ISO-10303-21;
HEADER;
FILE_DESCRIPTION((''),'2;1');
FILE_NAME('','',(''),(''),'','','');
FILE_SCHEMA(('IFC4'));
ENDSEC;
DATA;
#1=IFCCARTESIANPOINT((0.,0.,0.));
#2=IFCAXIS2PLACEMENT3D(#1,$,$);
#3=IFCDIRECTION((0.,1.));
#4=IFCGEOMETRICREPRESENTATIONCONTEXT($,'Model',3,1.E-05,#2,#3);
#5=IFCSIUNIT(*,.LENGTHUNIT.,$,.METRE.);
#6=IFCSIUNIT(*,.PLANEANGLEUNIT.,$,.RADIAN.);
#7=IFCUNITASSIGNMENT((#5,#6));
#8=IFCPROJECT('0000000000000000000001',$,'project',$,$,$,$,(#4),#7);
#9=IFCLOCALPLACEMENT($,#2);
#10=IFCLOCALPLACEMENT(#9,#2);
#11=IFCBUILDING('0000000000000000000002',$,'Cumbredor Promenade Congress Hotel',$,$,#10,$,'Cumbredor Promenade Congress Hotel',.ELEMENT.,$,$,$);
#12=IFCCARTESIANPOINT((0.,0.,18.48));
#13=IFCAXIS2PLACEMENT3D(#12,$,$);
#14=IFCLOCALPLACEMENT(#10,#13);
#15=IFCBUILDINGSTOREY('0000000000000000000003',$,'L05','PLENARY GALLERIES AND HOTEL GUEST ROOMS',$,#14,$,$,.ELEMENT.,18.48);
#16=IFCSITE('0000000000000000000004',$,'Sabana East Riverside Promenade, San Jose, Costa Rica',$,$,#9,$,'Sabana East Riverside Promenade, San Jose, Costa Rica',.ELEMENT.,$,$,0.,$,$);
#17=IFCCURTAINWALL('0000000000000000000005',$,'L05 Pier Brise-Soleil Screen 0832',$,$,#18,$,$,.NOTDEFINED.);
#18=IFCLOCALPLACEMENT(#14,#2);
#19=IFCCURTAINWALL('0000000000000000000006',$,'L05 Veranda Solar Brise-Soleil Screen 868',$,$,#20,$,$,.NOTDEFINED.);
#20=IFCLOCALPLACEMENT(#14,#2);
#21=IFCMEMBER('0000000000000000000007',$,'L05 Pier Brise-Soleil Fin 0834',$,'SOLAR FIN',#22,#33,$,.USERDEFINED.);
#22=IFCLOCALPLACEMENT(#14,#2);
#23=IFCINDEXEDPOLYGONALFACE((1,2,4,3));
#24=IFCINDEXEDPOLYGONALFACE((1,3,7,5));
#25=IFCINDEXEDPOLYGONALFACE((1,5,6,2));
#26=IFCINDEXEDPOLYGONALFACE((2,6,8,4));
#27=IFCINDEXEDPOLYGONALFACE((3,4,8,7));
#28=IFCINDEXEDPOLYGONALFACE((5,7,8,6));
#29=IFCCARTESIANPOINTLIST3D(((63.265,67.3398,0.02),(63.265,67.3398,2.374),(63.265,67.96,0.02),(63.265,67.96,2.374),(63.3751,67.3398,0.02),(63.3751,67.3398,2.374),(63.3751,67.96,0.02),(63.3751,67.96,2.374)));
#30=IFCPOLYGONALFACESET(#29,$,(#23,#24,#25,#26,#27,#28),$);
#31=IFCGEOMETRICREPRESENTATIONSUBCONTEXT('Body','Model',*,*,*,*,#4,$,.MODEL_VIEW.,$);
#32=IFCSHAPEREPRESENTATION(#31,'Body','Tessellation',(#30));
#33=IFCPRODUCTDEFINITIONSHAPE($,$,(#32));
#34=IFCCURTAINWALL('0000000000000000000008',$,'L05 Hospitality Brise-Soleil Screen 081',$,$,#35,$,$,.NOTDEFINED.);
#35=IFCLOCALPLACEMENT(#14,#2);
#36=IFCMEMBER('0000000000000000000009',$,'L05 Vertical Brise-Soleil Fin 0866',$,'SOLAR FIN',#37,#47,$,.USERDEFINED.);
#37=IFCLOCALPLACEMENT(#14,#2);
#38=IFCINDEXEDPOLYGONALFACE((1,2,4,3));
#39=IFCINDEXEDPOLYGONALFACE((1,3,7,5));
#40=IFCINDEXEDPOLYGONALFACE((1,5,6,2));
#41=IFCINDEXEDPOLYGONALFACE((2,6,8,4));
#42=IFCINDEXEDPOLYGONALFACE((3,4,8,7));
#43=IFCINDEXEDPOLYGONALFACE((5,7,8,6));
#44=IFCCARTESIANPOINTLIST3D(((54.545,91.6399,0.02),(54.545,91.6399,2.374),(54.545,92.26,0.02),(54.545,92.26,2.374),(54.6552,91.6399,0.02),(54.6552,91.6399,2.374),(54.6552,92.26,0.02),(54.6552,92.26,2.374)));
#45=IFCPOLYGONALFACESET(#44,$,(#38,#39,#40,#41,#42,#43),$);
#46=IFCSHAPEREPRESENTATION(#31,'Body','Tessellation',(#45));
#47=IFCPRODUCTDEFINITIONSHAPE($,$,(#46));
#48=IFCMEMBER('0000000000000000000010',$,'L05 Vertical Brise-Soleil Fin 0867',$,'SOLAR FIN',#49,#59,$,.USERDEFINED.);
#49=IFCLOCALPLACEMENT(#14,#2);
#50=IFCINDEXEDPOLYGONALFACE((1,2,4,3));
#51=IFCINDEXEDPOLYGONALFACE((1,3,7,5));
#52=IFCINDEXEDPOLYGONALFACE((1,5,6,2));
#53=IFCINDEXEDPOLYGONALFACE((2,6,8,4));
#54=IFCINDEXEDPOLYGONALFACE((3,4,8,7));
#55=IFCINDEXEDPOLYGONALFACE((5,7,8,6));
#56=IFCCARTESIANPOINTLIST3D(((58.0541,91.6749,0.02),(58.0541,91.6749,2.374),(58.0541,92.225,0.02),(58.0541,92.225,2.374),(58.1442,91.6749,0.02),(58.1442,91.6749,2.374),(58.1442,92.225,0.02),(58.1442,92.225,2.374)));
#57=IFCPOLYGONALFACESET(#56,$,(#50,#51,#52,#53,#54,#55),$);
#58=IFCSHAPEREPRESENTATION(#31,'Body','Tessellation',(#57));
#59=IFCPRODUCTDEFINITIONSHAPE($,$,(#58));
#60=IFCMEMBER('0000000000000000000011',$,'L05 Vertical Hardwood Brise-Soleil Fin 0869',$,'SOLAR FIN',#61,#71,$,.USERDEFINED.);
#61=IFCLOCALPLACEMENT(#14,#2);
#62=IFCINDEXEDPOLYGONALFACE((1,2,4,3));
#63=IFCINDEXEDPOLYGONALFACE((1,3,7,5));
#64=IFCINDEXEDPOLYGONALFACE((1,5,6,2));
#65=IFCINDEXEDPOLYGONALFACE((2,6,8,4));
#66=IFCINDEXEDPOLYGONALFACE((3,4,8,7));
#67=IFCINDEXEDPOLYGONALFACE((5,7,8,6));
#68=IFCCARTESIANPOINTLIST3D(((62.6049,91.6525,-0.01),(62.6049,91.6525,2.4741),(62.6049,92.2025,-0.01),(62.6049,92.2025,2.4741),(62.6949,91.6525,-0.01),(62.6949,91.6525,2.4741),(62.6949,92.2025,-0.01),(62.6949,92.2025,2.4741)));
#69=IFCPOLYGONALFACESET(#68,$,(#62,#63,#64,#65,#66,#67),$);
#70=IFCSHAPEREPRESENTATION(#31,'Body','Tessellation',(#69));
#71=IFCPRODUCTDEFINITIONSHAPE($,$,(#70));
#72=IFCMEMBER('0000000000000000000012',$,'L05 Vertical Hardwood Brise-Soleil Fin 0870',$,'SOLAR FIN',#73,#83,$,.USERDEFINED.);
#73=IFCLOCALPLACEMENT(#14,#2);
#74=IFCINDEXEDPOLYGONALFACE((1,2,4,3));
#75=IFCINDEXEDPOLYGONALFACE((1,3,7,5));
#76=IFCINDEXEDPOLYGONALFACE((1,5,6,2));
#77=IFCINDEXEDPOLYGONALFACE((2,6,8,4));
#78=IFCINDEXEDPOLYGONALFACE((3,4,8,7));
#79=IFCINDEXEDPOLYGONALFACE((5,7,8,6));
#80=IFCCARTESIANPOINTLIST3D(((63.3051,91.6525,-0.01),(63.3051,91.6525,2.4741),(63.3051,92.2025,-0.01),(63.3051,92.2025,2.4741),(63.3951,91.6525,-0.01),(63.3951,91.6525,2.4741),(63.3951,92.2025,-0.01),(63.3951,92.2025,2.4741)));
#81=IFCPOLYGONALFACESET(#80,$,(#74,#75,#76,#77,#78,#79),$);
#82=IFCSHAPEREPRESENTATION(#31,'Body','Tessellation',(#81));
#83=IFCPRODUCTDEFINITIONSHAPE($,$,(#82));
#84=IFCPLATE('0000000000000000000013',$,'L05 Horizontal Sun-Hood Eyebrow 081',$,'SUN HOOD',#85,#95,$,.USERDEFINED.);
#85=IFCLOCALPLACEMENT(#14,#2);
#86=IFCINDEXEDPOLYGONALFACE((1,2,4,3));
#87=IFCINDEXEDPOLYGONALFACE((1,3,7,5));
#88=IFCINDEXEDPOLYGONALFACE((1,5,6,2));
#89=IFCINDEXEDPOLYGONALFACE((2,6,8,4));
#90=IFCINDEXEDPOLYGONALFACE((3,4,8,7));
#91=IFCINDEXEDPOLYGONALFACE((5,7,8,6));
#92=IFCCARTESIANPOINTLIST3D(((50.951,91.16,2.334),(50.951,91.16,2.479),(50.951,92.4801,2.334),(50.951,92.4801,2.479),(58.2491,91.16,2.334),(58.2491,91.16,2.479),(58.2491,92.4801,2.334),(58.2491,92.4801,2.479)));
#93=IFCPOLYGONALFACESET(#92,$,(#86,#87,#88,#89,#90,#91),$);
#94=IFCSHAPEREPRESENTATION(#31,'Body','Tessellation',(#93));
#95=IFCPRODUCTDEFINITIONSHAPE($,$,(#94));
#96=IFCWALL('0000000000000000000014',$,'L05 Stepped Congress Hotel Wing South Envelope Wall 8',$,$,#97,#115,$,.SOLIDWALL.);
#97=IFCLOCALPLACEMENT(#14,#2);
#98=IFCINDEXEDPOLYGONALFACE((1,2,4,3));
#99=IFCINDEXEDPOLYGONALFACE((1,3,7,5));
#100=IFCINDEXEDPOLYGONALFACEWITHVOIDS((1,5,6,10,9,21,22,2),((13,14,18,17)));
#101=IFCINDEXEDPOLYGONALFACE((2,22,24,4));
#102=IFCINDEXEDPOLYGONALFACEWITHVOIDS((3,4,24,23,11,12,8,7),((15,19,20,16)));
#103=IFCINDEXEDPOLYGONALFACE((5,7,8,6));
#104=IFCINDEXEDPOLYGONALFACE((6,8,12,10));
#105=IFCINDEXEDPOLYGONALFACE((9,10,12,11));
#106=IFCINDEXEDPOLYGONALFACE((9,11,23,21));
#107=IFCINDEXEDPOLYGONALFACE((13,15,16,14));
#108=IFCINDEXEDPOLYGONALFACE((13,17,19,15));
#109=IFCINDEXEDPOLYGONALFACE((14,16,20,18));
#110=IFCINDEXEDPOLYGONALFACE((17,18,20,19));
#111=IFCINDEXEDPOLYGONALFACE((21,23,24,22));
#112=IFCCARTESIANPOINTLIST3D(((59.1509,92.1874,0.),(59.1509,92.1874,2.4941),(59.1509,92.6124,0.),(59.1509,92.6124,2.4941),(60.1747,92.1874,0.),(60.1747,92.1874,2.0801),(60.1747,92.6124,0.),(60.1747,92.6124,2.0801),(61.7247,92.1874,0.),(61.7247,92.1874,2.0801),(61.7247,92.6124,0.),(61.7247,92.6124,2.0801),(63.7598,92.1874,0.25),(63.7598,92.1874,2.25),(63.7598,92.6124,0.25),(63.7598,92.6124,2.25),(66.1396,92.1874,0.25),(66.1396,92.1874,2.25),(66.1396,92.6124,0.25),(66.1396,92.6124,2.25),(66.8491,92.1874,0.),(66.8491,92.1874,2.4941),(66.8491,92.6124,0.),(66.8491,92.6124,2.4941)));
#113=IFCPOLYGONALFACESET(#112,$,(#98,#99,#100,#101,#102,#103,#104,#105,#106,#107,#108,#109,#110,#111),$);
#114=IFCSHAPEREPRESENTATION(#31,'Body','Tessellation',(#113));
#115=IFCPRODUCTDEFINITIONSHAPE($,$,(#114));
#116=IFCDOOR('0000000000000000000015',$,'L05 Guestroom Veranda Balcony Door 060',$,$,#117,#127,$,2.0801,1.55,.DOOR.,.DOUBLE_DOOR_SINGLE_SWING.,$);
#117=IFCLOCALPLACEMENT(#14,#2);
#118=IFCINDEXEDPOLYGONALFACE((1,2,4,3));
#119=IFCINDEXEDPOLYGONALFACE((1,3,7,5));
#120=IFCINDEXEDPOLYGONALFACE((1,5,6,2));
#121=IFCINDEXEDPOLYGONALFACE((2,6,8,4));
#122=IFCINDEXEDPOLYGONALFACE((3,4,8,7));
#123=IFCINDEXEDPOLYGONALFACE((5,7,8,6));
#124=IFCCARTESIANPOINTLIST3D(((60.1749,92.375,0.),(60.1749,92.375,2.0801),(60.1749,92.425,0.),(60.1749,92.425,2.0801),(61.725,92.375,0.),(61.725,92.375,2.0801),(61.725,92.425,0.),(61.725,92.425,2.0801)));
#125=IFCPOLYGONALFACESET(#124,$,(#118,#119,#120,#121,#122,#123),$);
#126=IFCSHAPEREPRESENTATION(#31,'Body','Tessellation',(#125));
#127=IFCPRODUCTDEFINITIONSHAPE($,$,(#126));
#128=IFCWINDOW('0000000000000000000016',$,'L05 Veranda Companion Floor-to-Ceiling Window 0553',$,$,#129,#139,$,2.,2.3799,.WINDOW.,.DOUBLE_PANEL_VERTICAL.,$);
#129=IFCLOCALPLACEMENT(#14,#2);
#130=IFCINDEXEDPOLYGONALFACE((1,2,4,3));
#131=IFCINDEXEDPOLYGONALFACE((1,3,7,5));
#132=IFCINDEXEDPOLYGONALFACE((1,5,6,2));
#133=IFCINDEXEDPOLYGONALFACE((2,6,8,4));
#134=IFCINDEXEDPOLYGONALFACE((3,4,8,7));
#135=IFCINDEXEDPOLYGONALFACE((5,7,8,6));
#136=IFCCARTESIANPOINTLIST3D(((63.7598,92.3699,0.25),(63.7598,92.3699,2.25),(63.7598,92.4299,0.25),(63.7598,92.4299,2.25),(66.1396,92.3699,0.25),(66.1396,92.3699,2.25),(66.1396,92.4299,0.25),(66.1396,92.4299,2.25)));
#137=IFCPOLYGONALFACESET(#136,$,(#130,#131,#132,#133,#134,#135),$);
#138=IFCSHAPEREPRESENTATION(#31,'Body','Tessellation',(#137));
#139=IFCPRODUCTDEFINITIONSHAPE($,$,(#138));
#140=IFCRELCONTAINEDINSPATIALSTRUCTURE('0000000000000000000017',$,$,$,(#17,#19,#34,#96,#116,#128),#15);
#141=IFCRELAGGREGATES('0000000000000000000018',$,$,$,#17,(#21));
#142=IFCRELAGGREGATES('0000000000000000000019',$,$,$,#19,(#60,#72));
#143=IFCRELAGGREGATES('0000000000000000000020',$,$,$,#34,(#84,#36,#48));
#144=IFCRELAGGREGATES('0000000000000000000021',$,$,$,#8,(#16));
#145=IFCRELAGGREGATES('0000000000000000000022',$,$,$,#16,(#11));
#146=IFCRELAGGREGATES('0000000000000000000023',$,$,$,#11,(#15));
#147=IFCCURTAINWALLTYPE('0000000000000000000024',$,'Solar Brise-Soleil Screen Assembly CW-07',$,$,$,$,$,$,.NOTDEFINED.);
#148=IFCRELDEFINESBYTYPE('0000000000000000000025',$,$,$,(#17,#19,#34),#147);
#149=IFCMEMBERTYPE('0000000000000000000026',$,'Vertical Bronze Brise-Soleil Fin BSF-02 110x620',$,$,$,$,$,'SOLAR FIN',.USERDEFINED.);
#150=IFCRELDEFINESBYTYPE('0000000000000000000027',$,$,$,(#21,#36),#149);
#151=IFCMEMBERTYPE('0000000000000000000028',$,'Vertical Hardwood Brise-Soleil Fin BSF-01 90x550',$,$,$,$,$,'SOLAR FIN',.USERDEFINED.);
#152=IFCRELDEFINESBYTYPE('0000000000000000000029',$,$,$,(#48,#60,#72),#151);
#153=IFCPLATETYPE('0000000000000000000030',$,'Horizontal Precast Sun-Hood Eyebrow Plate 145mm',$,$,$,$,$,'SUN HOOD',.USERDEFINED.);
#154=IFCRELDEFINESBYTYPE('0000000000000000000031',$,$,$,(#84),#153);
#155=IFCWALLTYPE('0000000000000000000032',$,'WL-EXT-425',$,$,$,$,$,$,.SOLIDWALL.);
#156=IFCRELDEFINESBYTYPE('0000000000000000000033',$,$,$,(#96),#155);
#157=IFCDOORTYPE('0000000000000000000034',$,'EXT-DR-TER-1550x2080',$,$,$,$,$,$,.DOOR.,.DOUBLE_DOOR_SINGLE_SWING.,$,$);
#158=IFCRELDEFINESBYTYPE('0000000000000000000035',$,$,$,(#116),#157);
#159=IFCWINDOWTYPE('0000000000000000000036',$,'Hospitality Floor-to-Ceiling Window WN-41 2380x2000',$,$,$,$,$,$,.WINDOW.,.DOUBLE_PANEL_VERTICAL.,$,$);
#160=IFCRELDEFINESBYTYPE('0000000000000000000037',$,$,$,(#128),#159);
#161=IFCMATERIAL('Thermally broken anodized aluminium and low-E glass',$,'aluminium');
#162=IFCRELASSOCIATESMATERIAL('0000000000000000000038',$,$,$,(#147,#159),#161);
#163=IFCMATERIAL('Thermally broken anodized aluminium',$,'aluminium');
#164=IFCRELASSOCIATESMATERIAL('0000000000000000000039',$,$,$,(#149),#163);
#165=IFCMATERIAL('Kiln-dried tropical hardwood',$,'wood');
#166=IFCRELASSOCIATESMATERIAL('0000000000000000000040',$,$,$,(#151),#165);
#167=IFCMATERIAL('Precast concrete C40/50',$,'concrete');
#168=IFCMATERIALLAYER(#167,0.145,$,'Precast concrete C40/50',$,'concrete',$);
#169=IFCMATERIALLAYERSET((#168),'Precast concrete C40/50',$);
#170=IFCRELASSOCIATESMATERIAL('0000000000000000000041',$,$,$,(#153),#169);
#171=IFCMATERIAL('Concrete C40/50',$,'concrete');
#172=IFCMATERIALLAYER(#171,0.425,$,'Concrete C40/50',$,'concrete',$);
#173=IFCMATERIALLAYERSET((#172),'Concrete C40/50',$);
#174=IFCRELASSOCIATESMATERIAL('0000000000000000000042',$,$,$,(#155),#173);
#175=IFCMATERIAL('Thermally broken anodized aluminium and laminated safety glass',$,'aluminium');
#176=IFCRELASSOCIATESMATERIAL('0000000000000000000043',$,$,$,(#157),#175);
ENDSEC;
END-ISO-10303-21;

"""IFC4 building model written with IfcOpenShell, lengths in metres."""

from ifc_helpers import new_model, si_unit, direction, frame, frame_2d, origin, origin_2d, place, context, subcontext, project, spatial, rectangle, extrude, material, layer, layer_set, material_profile, profile_set, type_object, element, fill, aggregate, save


model = new_model("IFC4")

# Units and contexts
model_context = context("Model", 3, precision=1e-05, world=origin(), true_north=direction((0.0, 1.0)))
body_context = subcontext(model_context, "Body", "Model", "MODEL_VIEW")
ifc_project = project(units=[si_unit("LENGTHUNIT", "METRE"), si_unit("PLANEANGLEUNIT", "RADIAN")], contexts=[model_context])

# Site, building, storey
site_placement = place(None, origin())
site = spatial("IfcSite", under=ifc_project, at=site_placement, Name="Sabana East Riverside Promenade, San Jose, Costa Rica", LongName="Sabana East Riverside Promenade, San Jose, Costa Rica", CompositionType="ELEMENT", RefElevation=0.0)
building_placement = place(site_placement, origin())
building = spatial("IfcBuilding", under=site, at=building_placement, Name="Cumbredor Promenade Congress Hotel", LongName="Cumbredor Promenade Congress Hotel", CompositionType="ELEMENT")
storey_placement = place(building_placement, frame((0.0, 0.0, 18.48)))
storey = spatial("IfcBuildingStorey", under=building, at=storey_placement, Name="L05", Description="PLENARY GALLERIES AND HOTEL GUEST ROOMS", CompositionType="ELEMENT", Elevation=18.48)

# Shared definitions
ifc_material_1 = material(Name="Concrete C40/50", Category="concrete")

# Curtain walls
ifc_material_2 = material(Name="Thermally broken anodized aluminium and low-E glass", Category="aluminium")
curtain_wall_type = type_object("IfcCurtainWallType", Name="Solar Brise-Soleil Screen Assembly CW-07", PredefinedType="NOTDEFINED", material=ifc_material_2)
curtain_wall_1_placement = place(storey_placement, origin())
curtain_wall_1 = element("IfcCurtainWall", 1, at=curtain_wall_1_placement, inside=storey, type_object=curtain_wall_type, Name="L05 Pier Brise-Soleil Screen 0832", PredefinedType="NOTDEFINED")
ifc_material_3 = material(Name="Thermally broken anodized aluminium", Category="aluminium")
curtain_wall_2_placement = place(storey_placement, origin())
curtain_wall_2 = element("IfcCurtainWall", 2, at=curtain_wall_2_placement, inside=storey, type_object=curtain_wall_type, Name="L05 Veranda Solar Brise-Soleil Screen 868", PredefinedType="NOTDEFINED")

# Shared definitions
ifc_material_profile_1 = material_profile(ifc_material_3, rectangle(XDim=0.1101, YDim=0.6201, at=origin_2d()), Name="ARCH FIN 110x620")
ifc_profile_set_1 = profile_set([ifc_material_profile_1], Name="Thermally broken anodized aluminium")
member_type_1 = type_object("IfcMemberType", Name="Vertical Bronze Brise-Soleil Fin BSF-02 110x620", ElementType="SOLAR FIN", PredefinedType="USERDEFINED", material=ifc_profile_set_1)

# Member
member_1_placement = place(storey_placement, frame((63.3201, 67.6499, 0.02), z_axis=(0.0, 0.0, 1.0), x_axis=(1.0, 0.0, 0.0)))
member_1 = element("IfcMember", 3, at=member_1_placement, type_object=member_type_1, Name="L05 Pier Brise-Soleil Fin 0834", ObjectType="SOLAR FIN", PredefinedType="USERDEFINED", context=body_context, shape_type="SweptSolid", body=[
    extrude(rectangle(XDim=0.1101, YDim=0.6201, at=origin_2d()), origin(), (0.0, 0.0, 1.0), 2.354),
])
aggregate(curtain_wall_1, [member_1])

# Curtain wall, members
curtain_wall_3_placement = place(storey_placement, origin())
curtain_wall_3 = element("IfcCurtainWall", 4, at=curtain_wall_3_placement, inside=storey, type_object=curtain_wall_type, Name="L05 Hospitality Brise-Soleil Screen 081", PredefinedType="NOTDEFINED")
member_2_placement = place(storey_placement, frame((54.6001, 91.95, 0.02), z_axis=(0.0, 0.0, 1.0), x_axis=(1.0, 0.0, 0.0)))
member_2 = element("IfcMember", 5, at=member_2_placement, type_object=member_type_1, Name="L05 Vertical Brise-Soleil Fin 0866", ObjectType="SOLAR FIN", PredefinedType="USERDEFINED", context=body_context, shape_type="SweptSolid", body=[
    extrude(rectangle(XDim=0.1101, YDim=0.6201, at=origin_2d()), origin(), (0.0, 0.0, 1.0), 2.354),
])
ifc_material_4 = material(Name="Kiln-dried tropical hardwood", Category="wood")
ifc_material_profile_2 = material_profile(ifc_material_4, rectangle(XDim=0.0901, YDim=0.55, at=origin_2d()), Name="ARCH FIN 90x550")
ifc_profile_set_2 = profile_set([ifc_material_profile_2], Name="Kiln-dried tropical hardwood")
member_type_2 = type_object("IfcMemberType", Name="Vertical Hardwood Brise-Soleil Fin BSF-01 90x550", ElementType="SOLAR FIN", PredefinedType="USERDEFINED", material=ifc_profile_set_2)
member_3_placement = place(storey_placement, frame((58.0991, 91.95, 0.02), z_axis=(0.0, 0.0, 1.0), x_axis=(1.0, 0.0, 0.0)))
member_3 = element("IfcMember", 6, at=member_3_placement, type_object=member_type_2, Name="L05 Vertical Brise-Soleil Fin 0867", ObjectType="SOLAR FIN", PredefinedType="USERDEFINED", context=body_context, shape_type="SweptSolid", body=[
    extrude(rectangle(XDim=0.0901, YDim=0.55, at=origin_2d()), origin(), (0.0, 0.0, 1.0), 2.354),
])

# Members
member_4_placement = place(storey_placement, frame((62.6499, 91.9275, -0.01), z_axis=(0.0, 0.0, 1.0), x_axis=(1.0, 0.0, 0.0)))
member_4 = element("IfcMember", 7, at=member_4_placement, type_object=member_type_2, Name="L05 Vertical Hardwood Brise-Soleil Fin 0869", ObjectType="SOLAR FIN", PredefinedType="USERDEFINED", context=body_context, shape_type="SweptSolid", body=[
    extrude(rectangle(XDim=0.0901, YDim=0.55, at=origin_2d()), origin(), (0.0, 0.0, 1.0), 2.4841),
])
member_5_placement = place(storey_placement, frame((63.3501, 91.9275, -0.01), z_axis=(0.0, 0.0, 1.0), x_axis=(1.0, 0.0, 0.0)))
member_5 = element("IfcMember", 8, at=member_5_placement, type_object=member_type_2, Name="L05 Vertical Hardwood Brise-Soleil Fin 0870", ObjectType="SOLAR FIN", PredefinedType="USERDEFINED", context=body_context, shape_type="SweptSolid", body=[
    extrude(rectangle(XDim=0.0901, YDim=0.55, at=origin_2d()), origin(), (0.0, 0.0, 1.0), 2.4841),
])
aggregate(curtain_wall_2, [member_4, member_5])

# Plate
ifc_material_5 = material(Name="Precast concrete C40/50", Category="concrete")
ifc_layer_1 = layer(ifc_material_5, 0.145, Name="Precast concrete C40/50", Category="concrete")
ifc_layer_set_1 = layer_set([ifc_layer_1], Name="Precast concrete C40/50")
plate_type = type_object("IfcPlateType", Name="Horizontal Precast Sun-Hood Eyebrow Plate 145mm", ElementType="SUN HOOD", PredefinedType="USERDEFINED", material=ifc_layer_set_1)
plate_placement = place(storey_placement, frame((54.6001, 91.8201, 2.334), z_axis=(0.0, 0.0, 1.0), x_axis=(1.0, 0.0, 0.0)))
plate = element("IfcPlate", 9, at=plate_placement, type_object=plate_type, Name="L05 Horizontal Sun-Hood Eyebrow 081", ObjectType="SUN HOOD", PredefinedType="USERDEFINED", context=body_context, shape_type="SweptSolid", body=[
    extrude(rectangle(XDim=7.2981, YDim=1.3201, at=origin_2d()), origin(), (0.0, 0.0, 1.0), 0.145),
])
aggregate(curtain_wall_3, [plate, member_2, member_3])

# Wall, openings, door, window
ifc_layer_2 = layer(ifc_material_1, 0.425, Name="Concrete C40/50", Category="concrete")
ifc_layer_set_2 = layer_set([ifc_layer_2], Name="Concrete C40/50")
wall_type = type_object("IfcWallType", Name="WL-EXT-425", PredefinedType="SOLIDWALL", material=ifc_layer_set_2)
wall_placement = place(storey_placement, frame((59.1509, 92.3999, 0.0), z_axis=(0.0, 0.0, 1.0), x_axis=(1.0, 0.0, 0.0)))
wall = element("IfcWall", 10, at=wall_placement, inside=storey, type_object=wall_type, Name="L05 Stepped Congress Hotel Wing South Envelope Wall 8", PredefinedType="SOLIDWALL", context=body_context, shape_type="SweptSolid", body=[
    extrude(rectangle(XDim=7.6982, YDim=0.425, at=frame_2d((3.8491, 0.0))), origin(), (0.0, 0.0, 1.0), 2.4941),
])
opening_1_placement = place(wall_placement, frame((1.0239, 0.0, 0.0)))
opening_1 = element("IfcOpeningElement", 11, at=opening_1_placement, cuts=wall, PredefinedType="OPENING", context=body_context, shape_type="SweptSolid", body=[
    extrude(rectangle(XDim=1.55, YDim=2.0801, at=frame_2d((0.7749, 1.04))), frame((0.0, 0.2227, 0.0), z_axis=(0.0, -1.0, 0.0), x_axis=(1.0, 0.0, 0.0)), (0.0, 0.0, 1.0), 0.4451),
])
opening_2_placement = place(wall_placement, frame((4.6089, 0.0, 0.25)))
opening_2 = element("IfcOpeningElement", 12, at=opening_2_placement, cuts=wall, PredefinedType="OPENING", context=body_context, shape_type="SweptSolid", body=[
    extrude(rectangle(XDim=2.3799, YDim=2.0, at=frame_2d((1.1899, 1.0))), frame((0.0, 0.2227, 0.0), z_axis=(0.0, -1.0, 0.0), x_axis=(1.0, 0.0, 0.0)), (0.0, 0.0, 1.0), 0.4451),
])
ifc_material_6 = material(Name="Thermally broken anodized aluminium and laminated safety glass", Category="aluminium")
door_type = type_object("IfcDoorType", Name="EXT-DR-TER-1550x2080", OperationType="DOUBLE_DOOR_SINGLE_SWING", PredefinedType="DOOR", material=ifc_material_6)
door_placement = place(opening_1_placement, frame((1.55, 0.0, 0.0), z_axis=(0.0, 0.0, 1.0), x_axis=(-1.0, 0.0, 0.0)))
door = element("IfcDoor", 13, at=door_placement, inside=storey, type_object=door_type, Name="L05 Guestroom Veranda Balcony Door 060", OperationType="DOUBLE_DOOR_SINGLE_SWING", OverallHeight=2.0801, OverallWidth=1.55, PredefinedType="DOOR", context=body_context, shape_type="SweptSolid", body=[
    extrude(rectangle(XDim=1.55, YDim=2.0801, at=frame_2d((0.7749, 1.04))), frame((0.0, 0.0249, 0.0), z_axis=(0.0, -1.0, 0.0), x_axis=(1.0, 0.0, 0.0)), (0.0, 0.0, 1.0), 0.05),
])
fill(opening_1, door)
window_type = type_object("IfcWindowType", Name="Hospitality Floor-to-Ceiling Window WN-41 2380x2000", PartitioningType="DOUBLE_PANEL_VERTICAL", PredefinedType="WINDOW", material=ifc_material_2)
window_placement = place(opening_2_placement, origin())
window = element("IfcWindow", 14, at=window_placement, inside=storey, type_object=window_type, Name="L05 Veranda Companion Floor-to-Ceiling Window 0553", OverallHeight=2.0, OverallWidth=2.3799, PartitioningType="DOUBLE_PANEL_VERTICAL", PredefinedType="WINDOW", context=body_context, shape_type="SweptSolid", body=[
    extrude(rectangle(XDim=2.3799, YDim=2.0, at=frame_2d((1.1899, 1.0))), frame((0.0, 0.03, 0.0), z_axis=(0.0, -1.0, 0.0), x_axis=(1.0, 0.0, 0.0)), (0.0, 0.0, 1.0), 0.0601),
])
fill(opening_2, window)

save(model, "model.ifc")
